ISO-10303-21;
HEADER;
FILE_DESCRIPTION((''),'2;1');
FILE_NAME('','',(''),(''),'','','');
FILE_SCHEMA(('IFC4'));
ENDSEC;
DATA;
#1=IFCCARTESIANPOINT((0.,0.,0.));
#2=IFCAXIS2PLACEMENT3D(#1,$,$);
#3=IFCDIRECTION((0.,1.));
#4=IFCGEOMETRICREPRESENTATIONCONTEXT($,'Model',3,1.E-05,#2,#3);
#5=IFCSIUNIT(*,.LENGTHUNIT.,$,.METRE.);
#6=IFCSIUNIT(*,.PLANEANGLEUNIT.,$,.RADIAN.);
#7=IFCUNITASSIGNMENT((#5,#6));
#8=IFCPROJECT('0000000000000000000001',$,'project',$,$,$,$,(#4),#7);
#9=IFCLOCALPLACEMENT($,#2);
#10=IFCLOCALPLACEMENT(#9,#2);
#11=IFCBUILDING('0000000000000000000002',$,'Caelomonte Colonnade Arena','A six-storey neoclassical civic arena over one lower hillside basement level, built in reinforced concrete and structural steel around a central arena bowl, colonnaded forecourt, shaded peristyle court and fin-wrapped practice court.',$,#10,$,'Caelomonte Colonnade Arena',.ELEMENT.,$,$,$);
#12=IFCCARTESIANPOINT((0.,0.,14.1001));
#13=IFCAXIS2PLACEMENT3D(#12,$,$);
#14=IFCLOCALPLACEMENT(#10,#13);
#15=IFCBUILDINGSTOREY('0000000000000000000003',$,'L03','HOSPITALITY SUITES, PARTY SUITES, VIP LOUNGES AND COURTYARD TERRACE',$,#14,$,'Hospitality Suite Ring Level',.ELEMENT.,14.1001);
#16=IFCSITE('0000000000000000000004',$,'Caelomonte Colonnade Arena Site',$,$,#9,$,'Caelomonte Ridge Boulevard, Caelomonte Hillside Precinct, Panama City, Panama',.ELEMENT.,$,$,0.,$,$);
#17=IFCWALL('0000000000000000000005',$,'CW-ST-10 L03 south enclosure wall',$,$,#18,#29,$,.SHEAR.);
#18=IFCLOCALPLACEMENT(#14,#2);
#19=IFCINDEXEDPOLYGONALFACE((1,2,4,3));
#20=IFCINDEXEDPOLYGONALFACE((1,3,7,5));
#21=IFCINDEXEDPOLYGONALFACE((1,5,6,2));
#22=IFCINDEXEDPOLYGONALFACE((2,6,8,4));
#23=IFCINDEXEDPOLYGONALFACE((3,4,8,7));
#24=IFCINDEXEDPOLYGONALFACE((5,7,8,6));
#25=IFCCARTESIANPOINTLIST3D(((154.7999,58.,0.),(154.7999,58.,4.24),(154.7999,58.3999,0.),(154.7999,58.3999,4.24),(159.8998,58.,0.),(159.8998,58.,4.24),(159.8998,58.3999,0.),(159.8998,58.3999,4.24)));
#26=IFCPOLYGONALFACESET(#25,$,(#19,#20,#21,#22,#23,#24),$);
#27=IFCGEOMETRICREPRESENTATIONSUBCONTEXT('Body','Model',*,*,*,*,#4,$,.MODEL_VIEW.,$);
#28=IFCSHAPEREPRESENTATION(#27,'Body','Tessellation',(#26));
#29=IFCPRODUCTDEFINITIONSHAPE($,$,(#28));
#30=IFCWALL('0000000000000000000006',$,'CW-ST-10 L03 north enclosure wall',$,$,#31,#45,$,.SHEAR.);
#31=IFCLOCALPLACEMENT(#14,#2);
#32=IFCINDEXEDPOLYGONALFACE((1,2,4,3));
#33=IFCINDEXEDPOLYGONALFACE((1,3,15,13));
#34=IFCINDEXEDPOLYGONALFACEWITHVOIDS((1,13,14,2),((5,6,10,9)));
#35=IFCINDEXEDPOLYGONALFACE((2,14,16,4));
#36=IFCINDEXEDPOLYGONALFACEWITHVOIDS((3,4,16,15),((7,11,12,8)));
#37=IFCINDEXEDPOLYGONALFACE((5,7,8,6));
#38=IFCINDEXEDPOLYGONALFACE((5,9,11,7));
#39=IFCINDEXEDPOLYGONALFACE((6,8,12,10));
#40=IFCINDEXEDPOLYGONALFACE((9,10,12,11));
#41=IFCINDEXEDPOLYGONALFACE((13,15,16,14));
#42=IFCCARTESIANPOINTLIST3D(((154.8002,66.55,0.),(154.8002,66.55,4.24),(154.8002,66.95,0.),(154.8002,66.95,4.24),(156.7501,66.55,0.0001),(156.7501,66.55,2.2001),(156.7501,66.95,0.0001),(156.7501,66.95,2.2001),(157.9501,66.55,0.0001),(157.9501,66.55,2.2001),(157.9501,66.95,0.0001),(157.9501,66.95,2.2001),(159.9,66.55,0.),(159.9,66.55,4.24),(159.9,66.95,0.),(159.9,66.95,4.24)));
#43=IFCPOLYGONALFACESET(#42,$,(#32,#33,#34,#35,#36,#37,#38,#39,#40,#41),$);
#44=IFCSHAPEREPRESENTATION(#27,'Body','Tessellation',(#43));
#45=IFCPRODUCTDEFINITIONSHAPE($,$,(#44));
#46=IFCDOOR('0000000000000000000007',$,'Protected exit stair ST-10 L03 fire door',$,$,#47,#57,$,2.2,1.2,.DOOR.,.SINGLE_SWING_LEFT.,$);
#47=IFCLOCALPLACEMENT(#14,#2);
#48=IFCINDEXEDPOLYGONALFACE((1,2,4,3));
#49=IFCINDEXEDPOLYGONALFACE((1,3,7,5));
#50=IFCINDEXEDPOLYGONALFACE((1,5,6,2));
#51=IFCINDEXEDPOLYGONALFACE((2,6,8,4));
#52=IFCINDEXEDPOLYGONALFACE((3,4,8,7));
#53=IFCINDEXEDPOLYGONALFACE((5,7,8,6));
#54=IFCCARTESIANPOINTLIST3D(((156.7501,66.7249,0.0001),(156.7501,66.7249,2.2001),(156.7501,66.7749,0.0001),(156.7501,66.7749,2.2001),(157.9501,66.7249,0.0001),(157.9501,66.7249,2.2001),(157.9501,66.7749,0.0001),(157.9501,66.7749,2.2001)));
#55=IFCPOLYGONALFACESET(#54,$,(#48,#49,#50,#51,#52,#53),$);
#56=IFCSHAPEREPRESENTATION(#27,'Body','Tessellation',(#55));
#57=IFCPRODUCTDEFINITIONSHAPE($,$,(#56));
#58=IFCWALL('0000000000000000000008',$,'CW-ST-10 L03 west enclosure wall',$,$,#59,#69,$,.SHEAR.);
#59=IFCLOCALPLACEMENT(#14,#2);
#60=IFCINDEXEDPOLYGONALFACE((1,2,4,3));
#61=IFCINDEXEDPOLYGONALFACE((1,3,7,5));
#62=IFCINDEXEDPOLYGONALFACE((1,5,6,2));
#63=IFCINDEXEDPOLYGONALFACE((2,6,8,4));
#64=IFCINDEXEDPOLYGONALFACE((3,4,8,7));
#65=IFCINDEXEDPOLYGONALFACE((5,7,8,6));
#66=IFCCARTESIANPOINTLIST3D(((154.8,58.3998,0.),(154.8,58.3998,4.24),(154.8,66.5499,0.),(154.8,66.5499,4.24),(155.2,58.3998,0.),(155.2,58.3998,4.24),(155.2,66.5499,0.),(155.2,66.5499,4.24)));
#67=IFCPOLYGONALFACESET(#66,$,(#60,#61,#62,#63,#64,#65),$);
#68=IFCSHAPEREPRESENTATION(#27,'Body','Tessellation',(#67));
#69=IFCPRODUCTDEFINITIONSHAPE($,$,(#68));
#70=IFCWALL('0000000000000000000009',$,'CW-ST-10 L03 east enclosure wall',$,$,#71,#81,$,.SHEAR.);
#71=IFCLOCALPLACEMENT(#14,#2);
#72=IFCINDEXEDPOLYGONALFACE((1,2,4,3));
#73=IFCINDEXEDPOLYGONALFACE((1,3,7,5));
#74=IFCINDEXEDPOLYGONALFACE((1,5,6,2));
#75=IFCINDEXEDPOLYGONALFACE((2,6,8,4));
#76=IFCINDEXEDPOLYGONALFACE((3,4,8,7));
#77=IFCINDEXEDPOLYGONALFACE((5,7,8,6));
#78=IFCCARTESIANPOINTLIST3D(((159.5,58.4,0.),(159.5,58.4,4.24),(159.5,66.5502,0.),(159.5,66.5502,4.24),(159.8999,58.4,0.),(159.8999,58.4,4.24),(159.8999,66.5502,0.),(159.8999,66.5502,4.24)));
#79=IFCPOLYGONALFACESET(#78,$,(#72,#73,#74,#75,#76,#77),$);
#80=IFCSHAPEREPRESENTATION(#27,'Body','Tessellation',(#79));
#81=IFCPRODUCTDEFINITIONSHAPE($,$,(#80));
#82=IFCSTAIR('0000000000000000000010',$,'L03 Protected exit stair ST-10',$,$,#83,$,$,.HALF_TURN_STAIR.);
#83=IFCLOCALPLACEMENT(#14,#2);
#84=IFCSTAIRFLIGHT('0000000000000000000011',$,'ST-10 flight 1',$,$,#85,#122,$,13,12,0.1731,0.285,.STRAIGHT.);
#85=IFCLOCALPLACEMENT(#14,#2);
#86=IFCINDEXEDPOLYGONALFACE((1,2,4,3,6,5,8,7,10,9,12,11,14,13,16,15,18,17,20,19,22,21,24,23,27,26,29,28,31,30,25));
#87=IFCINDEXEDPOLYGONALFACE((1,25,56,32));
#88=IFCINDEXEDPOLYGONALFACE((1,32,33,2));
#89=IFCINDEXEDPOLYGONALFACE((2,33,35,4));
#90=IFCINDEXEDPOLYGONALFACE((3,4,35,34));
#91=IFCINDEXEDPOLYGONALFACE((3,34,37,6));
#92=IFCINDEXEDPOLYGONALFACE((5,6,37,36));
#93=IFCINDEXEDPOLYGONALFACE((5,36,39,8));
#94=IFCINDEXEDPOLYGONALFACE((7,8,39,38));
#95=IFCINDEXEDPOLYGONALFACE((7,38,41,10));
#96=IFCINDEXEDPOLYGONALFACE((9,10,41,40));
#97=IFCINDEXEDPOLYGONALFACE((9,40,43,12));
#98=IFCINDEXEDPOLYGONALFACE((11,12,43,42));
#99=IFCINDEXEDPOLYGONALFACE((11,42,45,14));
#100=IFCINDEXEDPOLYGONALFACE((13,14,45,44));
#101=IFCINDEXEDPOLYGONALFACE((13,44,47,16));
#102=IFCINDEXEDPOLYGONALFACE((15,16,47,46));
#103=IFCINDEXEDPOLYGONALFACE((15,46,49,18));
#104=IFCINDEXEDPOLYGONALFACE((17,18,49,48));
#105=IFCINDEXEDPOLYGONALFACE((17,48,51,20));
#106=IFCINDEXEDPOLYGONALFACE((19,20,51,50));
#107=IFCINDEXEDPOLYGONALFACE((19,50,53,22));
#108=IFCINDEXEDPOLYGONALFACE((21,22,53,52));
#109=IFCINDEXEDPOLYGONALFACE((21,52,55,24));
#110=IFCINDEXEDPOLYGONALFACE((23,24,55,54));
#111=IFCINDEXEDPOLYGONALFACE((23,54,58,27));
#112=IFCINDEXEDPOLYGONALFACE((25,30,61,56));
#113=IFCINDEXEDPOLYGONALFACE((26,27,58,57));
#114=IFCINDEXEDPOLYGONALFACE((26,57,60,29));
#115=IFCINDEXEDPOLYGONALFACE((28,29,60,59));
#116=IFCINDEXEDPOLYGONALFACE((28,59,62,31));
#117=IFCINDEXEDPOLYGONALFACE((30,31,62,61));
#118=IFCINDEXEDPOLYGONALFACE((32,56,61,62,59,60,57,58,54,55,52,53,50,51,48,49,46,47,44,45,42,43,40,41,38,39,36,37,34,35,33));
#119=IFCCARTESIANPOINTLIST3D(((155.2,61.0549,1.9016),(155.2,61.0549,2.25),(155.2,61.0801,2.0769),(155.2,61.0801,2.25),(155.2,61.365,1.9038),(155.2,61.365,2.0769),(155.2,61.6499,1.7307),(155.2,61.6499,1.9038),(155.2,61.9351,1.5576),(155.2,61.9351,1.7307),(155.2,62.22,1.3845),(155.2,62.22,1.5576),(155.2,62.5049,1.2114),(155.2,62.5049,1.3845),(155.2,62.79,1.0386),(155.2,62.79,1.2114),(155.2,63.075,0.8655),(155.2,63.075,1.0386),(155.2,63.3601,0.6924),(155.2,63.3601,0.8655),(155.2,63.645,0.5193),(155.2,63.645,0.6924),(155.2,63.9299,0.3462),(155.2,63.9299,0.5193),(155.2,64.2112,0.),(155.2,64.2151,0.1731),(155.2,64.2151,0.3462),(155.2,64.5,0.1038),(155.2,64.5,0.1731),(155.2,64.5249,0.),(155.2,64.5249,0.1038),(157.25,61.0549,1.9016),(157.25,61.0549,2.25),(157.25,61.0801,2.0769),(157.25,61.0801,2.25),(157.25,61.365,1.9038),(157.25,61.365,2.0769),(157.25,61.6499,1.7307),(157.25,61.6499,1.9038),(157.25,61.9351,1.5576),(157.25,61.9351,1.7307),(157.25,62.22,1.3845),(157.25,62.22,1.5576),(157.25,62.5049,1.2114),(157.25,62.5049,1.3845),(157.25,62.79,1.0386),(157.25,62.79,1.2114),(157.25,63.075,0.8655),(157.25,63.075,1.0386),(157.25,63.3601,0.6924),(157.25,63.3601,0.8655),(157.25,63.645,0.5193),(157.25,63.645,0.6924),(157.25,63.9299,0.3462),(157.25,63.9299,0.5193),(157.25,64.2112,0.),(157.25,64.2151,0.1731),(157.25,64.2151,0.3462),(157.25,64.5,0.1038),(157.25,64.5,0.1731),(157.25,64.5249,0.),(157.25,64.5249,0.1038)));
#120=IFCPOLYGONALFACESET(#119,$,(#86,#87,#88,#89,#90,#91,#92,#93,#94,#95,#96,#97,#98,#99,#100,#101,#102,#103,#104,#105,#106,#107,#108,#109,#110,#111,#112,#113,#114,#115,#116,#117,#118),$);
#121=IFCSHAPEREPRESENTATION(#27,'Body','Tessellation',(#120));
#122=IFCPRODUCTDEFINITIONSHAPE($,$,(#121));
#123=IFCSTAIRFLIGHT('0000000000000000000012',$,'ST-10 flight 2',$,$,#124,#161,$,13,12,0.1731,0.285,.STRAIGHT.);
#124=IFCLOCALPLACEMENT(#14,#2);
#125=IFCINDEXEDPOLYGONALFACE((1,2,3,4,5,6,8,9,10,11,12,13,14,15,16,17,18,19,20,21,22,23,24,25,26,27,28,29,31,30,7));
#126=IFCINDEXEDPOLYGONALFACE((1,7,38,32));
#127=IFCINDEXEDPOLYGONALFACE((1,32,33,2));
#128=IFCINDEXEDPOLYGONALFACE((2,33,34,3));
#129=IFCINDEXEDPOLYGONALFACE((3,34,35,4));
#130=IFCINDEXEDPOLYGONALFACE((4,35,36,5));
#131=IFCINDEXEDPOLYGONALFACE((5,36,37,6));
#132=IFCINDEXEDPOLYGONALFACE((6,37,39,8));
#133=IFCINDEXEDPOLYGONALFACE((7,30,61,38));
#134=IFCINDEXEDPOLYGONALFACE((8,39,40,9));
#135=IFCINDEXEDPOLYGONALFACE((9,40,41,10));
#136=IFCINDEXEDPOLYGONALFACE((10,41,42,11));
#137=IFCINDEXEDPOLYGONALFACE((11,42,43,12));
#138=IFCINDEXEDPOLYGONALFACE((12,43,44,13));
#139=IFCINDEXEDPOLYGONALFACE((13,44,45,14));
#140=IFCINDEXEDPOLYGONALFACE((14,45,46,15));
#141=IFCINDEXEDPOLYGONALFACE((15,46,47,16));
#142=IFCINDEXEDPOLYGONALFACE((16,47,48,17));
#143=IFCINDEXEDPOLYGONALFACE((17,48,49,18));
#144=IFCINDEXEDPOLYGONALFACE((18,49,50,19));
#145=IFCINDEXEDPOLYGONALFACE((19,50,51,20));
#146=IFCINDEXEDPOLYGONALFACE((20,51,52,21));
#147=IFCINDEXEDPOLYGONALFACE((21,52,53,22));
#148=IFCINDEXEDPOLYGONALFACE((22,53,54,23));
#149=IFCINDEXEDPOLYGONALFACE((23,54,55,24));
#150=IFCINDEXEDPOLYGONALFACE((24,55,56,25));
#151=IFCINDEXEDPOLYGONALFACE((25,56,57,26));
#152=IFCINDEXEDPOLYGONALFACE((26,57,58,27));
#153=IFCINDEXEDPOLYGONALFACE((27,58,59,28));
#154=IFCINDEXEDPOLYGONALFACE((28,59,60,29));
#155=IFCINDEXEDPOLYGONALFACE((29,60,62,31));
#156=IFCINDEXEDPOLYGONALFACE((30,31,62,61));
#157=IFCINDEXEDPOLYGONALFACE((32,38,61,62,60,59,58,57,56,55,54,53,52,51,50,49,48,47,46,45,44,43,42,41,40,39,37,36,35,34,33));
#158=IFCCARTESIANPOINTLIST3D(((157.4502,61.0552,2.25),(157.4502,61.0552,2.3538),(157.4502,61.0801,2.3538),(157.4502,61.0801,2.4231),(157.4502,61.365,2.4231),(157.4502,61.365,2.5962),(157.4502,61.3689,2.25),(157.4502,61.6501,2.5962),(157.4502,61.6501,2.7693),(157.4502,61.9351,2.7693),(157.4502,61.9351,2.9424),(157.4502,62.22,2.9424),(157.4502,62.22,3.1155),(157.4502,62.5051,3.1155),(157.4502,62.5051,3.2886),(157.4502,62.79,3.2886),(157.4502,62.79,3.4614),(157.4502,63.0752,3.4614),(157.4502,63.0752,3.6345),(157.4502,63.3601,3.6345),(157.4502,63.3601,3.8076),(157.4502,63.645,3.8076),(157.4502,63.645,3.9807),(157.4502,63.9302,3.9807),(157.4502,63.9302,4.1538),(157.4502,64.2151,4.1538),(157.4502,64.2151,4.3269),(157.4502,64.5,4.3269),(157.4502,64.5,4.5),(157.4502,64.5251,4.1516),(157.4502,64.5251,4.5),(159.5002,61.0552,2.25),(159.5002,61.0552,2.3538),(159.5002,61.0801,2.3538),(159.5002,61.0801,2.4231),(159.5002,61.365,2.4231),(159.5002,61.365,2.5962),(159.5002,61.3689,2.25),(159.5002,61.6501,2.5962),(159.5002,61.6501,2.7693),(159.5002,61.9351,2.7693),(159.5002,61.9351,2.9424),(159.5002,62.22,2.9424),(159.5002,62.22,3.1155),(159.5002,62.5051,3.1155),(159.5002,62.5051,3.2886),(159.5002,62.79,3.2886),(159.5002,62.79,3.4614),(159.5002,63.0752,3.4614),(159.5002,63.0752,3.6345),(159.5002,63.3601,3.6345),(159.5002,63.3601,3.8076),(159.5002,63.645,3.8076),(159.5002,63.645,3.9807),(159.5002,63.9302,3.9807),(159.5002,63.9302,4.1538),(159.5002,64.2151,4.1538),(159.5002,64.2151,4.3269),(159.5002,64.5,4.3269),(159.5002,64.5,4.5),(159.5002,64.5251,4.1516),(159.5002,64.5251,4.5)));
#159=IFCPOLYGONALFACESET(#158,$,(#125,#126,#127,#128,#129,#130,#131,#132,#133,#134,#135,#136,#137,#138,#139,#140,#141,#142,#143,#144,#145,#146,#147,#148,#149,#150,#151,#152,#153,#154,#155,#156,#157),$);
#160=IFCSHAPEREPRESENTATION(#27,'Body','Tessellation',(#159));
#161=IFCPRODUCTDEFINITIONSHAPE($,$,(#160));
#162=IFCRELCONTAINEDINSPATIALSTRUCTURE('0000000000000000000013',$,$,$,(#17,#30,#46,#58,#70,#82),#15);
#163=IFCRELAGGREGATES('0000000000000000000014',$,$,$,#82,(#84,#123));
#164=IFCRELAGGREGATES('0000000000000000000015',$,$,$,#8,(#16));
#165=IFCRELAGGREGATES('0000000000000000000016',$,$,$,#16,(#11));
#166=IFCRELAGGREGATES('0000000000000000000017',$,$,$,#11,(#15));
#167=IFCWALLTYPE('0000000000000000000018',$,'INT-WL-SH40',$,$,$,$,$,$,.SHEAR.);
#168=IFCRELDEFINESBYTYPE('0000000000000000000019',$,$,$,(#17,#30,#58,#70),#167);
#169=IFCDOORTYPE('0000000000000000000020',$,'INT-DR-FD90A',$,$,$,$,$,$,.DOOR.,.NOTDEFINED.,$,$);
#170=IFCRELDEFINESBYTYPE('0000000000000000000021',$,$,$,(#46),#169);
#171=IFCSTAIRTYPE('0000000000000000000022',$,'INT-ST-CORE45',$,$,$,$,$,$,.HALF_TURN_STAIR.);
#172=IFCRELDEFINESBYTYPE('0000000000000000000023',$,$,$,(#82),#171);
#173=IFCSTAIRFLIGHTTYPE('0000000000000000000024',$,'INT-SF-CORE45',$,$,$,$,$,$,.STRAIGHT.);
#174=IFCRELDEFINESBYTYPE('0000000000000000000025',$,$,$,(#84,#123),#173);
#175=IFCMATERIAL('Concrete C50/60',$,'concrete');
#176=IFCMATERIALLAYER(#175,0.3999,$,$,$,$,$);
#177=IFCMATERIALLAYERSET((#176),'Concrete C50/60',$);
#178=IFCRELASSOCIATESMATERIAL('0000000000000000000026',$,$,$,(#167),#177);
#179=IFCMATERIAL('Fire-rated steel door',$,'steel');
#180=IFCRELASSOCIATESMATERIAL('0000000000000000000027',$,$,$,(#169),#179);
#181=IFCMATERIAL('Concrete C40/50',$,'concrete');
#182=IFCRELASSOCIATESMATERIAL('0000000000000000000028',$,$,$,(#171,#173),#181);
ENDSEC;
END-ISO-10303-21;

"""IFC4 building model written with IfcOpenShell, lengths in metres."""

from ifc_helpers import new_model, si_unit, direction, frame, frame_2d, origin, place, context, subcontext, project, spatial, polyline, rectangle, outline, extrude, material, layer, layer_set, type_object, element, fill, aggregate, save


model = new_model("IFC4")

# Units and contexts
model_context = context("Model", 3, precision=1e-05, world=origin(), true_north=direction((0.0, 1.0)))
body_context = subcontext(model_context, "Body", "Model", "MODEL_VIEW")
ifc_project = project(units=[si_unit("LENGTHUNIT", "METRE"), si_unit("PLANEANGLEUNIT", "RADIAN")], contexts=[model_context])

# Site, building, storey
site_placement = place(None, origin())
site = spatial("IfcSite", under=ifc_project, at=site_placement, Name="Caelomonte Colonnade Arena Site", LongName="Caelomonte Ridge Boulevard, Caelomonte Hillside Precinct, Panama City, Panama", CompositionType="ELEMENT", RefElevation=0.0)
building_placement = place(site_placement, origin())
building = spatial("IfcBuilding", under=site, at=building_placement, Name="Caelomonte Colonnade Arena", Description="A six-storey neoclassical civic arena over one lower hillside basement level, built in reinforced concrete and structural steel around a central arena bowl, colonnaded forecourt, shaded peristyle court and fin-wrapped practice court.", LongName="Caelomonte Colonnade Arena", CompositionType="ELEMENT")
storey_placement = place(building_placement, frame((0.0, 0.0, 14.1001)))
storey = spatial("IfcBuildingStorey", under=building, at=storey_placement, Name="L03", Description="HOSPITALITY SUITES, PARTY SUITES, VIP LOUNGES AND COURTYARD TERRACE", LongName="Hospitality Suite Ring Level", CompositionType="ELEMENT", Elevation=14.1001)

# Shared definitions
ifc_material_1 = material(Name="Concrete C40/50", Category="concrete")

# Wall
ifc_material_2 = material(Name="Concrete C50/60", Category="concrete")
ifc_layer_1 = layer(ifc_material_2, 0.3999)
ifc_layer_set_1 = layer_set([ifc_layer_1], Name="Concrete C50/60")
wall_type_1 = type_object("IfcWallType", Name="INT-WL-SH40", PredefinedType="SHEAR", material=ifc_layer_set_1)
wall_1_placement = place(storey_placement, frame((154.8, 58.2, 0.0), z_axis=(0.0, 0.0, 1.0), x_axis=(1.0, 0.0, 0.0)))
element("IfcWall", 1, at=wall_1_placement, inside=storey, type_object=wall_type_1, Name="CW-ST-10 L03 south enclosure wall", PredefinedType="SHEAR", context=body_context, shape_type="SweptSolid", body=[
    extrude(rectangle(XDim=5.0999, YDim=0.3999, at=frame_2d((2.5498, 0.0))), origin(), (0.0, 0.0, 1.0), 4.24),
])

# Wall, opening, door
wall_2_placement = place(storey_placement, frame((159.8999, 66.75, 0.0), z_axis=(0.0, 0.0, 1.0), x_axis=(-1.0, 0.0, 0.0)))
wall_2 = element("IfcWall", 2, at=wall_2_placement, inside=storey, type_object=wall_type_1, Name="CW-ST-10 L03 north enclosure wall", PredefinedType="SHEAR", context=body_context, shape_type="SweptSolid", body=[
    extrude(rectangle(XDim=5.0999, YDim=0.3999, at=frame_2d((2.5498, 0.0))), origin(), (0.0, 0.0, 1.0), 4.24),
])
opening_placement = place(wall_2_placement, frame((3.1499, 0.0, 0.0), z_axis=(0.0, 0.0, 1.0), x_axis=(-1.0, 0.0, 0.0)))
opening = element("IfcOpeningElement", 3, at=opening_placement, cuts=wall_2, PredefinedType="OPENING", context=body_context, shape_type="SweptSolid", body=[
    extrude(rectangle(XDim=1.2, YDim=2.2, at=frame_2d((0.6001, 1.1001))), frame((0.0, 0.21, 0.0), z_axis=(0.0, -1.0, 0.0), x_axis=(1.0, 0.0, 0.0)), (0.0, 0.0, 1.0), 0.4199),
])
ifc_material_3 = material(Name="Fire-rated steel door", Category="steel")
door_type = type_object("IfcDoorType", Name="INT-DR-FD90A", OperationType="NOTDEFINED", PredefinedType="DOOR", material=ifc_material_3)
door_placement = place(opening_placement, origin())
door = element("IfcDoor", 4, at=door_placement, inside=storey, type_object=door_type, Name="Protected exit stair ST-10 L03 fire door", OperationType="SINGLE_SWING_LEFT", OverallHeight=2.2, OverallWidth=1.2, PredefinedType="DOOR", context=body_context, shape_type="SweptSolid", body=[
    extrude(rectangle(XDim=1.2, YDim=2.2, at=frame_2d((0.6001, 1.1001))), frame((0.0, 0.0249, 0.0), z_axis=(0.0, -1.0, 0.0), x_axis=(1.0, 0.0, 0.0)), (0.0, 0.0, 1.0), 0.05),
])
fill(opening, door)

# Walls
for number, where, z_axis, x_axis, name in (
    (5, (155.0, 66.55, 0.0), (0.0, 0.0, 1.0), (0.0, -1.0, 0.0), "CW-ST-10 L03 west enclosure wall"),
    (6, (159.7, 58.3999, 0.0), (0.0, 0.0, 1.0), (0.0, 1.0, 0.0), "CW-ST-10 L03 east enclosure wall"),
):
    element("IfcWall", number, at=place(storey_placement, frame(where, z_axis=z_axis, x_axis=x_axis)), inside=storey, type_object=wall_type_1, Name=name, PredefinedType="SHEAR", context=body_context, shape_type="SweptSolid", body=[
        extrude(rectangle(XDim=8.1501, YDim=0.3999, at=frame_2d((4.0752, 0.0))), origin(), (0.0, 0.0, 1.0), 4.24),
    ])

# Stair, stair flights
stair_type = type_object("IfcStairType", Name="INT-ST-CORE45", PredefinedType="HALF_TURN_STAIR", material=ifc_material_1)
stair_placement = place(storey_placement, origin())
stair = element("IfcStair", 7, at=stair_placement, inside=storey, type_object=stair_type, Name="L03 Protected exit stair ST-10", PredefinedType="HALF_TURN_STAIR")
stair_flight_type = type_object("IfcStairFlightType", Name="INT-SF-CORE45", PredefinedType="STRAIGHT", material=ifc_material_1)
stair_flight_1_placement = place(storey_placement, frame((156.2251, 64.5, 0.0), z_axis=(0.0, 0.0, 1.0), x_axis=(0.0, -1.0, 0.0)))
stair_flight_1 = element("IfcStairFlight", 8, at=stair_flight_1_placement, type_object=stair_flight_type, Name="ST-10 flight 1", NumberOfRisers=13, NumberOfTreads=12, PredefinedType="STRAIGHT", RiserHeight=0.1731, TreadLength=0.285, context=body_context, shape_type="SweptSolid", body=[
    extrude(outline(polyline([(-0.0249, 0.0), (-0.0249, 0.1038), (0.0, 0.1038), (0.0, 0.1731), (0.2849, 0.1731), (0.2849, 0.3462), (0.5701, 0.3462), (0.5701, 0.5193), (0.855, 0.5193), (0.855, 0.6924), (1.1399, 0.6924), (1.1399, 0.8655), (1.425, 0.8655), (1.425, 1.0386), (1.71, 1.0386), (1.71, 1.2114), (1.9951, 1.2114), (1.9951, 1.3845), (2.28, 1.3845), (2.28, 1.5576), (2.5649, 1.5576), (2.5649, 1.7307), (2.8501, 1.7307), (2.8501, 1.9038), (3.135, 1.9038), (3.135, 2.0769), (3.4199, 2.0769), (3.4199, 2.25), (3.4451, 2.25), (3.4451, 1.9016), (0.2888, 0.0), (-0.0249, 0.0)])), frame((0.0, 1.0249, 0.0), z_axis=(0.0, -1.0, 0.0), x_axis=(1.0, 0.0, 0.0)), (0.0, 0.0, 1.0), 2.05),
])
stair_flight_2_placement = place(storey_placement, frame((158.4751, 61.0801, 2.25), z_axis=(0.0, 0.0, 1.0), x_axis=(0.0, 1.0, 0.0)))
stair_flight_2 = element("IfcStairFlight", 9, at=stair_flight_2_placement, type_object=stair_flight_type, Name="ST-10 flight 2", NumberOfRisers=13, NumberOfTreads=12, PredefinedType="STRAIGHT", RiserHeight=0.1731, TreadLength=0.285, context=body_context, shape_type="SweptSolid", body=[
    extrude(outline(polyline([(-0.0249, 0.0), (-0.0249, 0.1038), (0.0, 0.1038), (0.0, 0.1731), (0.2849, 0.1731), (0.2849, 0.3462), (0.5701, 0.3462), (0.5701, 0.5193), (0.855, 0.5193), (0.855, 0.6924), (1.1399, 0.6924), (1.1399, 0.8655), (1.425, 0.8655), (1.425, 1.0386), (1.71, 1.0386), (1.71, 1.2114), (1.9951, 1.2114), (1.9951, 1.3845), (2.28, 1.3845), (2.28, 1.5576), (2.5649, 1.5576), (2.5649, 1.7307), (2.8501, 1.7307), (2.8501, 1.9038), (3.135, 1.9038), (3.135, 2.0769), (3.4199, 2.0769), (3.4199, 2.25), (3.4451, 2.25), (3.4451, 1.9016), (0.2888, 0.0), (-0.0249, 0.0)])), frame((0.0, 1.0249, 0.0), z_axis=(0.0, -1.0, 0.0), x_axis=(1.0, 0.0, 0.0)), (0.0, 0.0, 1.0), 2.05),
])
aggregate(stair, [stair_flight_1, stair_flight_2])

save(model, "model.ifc")
